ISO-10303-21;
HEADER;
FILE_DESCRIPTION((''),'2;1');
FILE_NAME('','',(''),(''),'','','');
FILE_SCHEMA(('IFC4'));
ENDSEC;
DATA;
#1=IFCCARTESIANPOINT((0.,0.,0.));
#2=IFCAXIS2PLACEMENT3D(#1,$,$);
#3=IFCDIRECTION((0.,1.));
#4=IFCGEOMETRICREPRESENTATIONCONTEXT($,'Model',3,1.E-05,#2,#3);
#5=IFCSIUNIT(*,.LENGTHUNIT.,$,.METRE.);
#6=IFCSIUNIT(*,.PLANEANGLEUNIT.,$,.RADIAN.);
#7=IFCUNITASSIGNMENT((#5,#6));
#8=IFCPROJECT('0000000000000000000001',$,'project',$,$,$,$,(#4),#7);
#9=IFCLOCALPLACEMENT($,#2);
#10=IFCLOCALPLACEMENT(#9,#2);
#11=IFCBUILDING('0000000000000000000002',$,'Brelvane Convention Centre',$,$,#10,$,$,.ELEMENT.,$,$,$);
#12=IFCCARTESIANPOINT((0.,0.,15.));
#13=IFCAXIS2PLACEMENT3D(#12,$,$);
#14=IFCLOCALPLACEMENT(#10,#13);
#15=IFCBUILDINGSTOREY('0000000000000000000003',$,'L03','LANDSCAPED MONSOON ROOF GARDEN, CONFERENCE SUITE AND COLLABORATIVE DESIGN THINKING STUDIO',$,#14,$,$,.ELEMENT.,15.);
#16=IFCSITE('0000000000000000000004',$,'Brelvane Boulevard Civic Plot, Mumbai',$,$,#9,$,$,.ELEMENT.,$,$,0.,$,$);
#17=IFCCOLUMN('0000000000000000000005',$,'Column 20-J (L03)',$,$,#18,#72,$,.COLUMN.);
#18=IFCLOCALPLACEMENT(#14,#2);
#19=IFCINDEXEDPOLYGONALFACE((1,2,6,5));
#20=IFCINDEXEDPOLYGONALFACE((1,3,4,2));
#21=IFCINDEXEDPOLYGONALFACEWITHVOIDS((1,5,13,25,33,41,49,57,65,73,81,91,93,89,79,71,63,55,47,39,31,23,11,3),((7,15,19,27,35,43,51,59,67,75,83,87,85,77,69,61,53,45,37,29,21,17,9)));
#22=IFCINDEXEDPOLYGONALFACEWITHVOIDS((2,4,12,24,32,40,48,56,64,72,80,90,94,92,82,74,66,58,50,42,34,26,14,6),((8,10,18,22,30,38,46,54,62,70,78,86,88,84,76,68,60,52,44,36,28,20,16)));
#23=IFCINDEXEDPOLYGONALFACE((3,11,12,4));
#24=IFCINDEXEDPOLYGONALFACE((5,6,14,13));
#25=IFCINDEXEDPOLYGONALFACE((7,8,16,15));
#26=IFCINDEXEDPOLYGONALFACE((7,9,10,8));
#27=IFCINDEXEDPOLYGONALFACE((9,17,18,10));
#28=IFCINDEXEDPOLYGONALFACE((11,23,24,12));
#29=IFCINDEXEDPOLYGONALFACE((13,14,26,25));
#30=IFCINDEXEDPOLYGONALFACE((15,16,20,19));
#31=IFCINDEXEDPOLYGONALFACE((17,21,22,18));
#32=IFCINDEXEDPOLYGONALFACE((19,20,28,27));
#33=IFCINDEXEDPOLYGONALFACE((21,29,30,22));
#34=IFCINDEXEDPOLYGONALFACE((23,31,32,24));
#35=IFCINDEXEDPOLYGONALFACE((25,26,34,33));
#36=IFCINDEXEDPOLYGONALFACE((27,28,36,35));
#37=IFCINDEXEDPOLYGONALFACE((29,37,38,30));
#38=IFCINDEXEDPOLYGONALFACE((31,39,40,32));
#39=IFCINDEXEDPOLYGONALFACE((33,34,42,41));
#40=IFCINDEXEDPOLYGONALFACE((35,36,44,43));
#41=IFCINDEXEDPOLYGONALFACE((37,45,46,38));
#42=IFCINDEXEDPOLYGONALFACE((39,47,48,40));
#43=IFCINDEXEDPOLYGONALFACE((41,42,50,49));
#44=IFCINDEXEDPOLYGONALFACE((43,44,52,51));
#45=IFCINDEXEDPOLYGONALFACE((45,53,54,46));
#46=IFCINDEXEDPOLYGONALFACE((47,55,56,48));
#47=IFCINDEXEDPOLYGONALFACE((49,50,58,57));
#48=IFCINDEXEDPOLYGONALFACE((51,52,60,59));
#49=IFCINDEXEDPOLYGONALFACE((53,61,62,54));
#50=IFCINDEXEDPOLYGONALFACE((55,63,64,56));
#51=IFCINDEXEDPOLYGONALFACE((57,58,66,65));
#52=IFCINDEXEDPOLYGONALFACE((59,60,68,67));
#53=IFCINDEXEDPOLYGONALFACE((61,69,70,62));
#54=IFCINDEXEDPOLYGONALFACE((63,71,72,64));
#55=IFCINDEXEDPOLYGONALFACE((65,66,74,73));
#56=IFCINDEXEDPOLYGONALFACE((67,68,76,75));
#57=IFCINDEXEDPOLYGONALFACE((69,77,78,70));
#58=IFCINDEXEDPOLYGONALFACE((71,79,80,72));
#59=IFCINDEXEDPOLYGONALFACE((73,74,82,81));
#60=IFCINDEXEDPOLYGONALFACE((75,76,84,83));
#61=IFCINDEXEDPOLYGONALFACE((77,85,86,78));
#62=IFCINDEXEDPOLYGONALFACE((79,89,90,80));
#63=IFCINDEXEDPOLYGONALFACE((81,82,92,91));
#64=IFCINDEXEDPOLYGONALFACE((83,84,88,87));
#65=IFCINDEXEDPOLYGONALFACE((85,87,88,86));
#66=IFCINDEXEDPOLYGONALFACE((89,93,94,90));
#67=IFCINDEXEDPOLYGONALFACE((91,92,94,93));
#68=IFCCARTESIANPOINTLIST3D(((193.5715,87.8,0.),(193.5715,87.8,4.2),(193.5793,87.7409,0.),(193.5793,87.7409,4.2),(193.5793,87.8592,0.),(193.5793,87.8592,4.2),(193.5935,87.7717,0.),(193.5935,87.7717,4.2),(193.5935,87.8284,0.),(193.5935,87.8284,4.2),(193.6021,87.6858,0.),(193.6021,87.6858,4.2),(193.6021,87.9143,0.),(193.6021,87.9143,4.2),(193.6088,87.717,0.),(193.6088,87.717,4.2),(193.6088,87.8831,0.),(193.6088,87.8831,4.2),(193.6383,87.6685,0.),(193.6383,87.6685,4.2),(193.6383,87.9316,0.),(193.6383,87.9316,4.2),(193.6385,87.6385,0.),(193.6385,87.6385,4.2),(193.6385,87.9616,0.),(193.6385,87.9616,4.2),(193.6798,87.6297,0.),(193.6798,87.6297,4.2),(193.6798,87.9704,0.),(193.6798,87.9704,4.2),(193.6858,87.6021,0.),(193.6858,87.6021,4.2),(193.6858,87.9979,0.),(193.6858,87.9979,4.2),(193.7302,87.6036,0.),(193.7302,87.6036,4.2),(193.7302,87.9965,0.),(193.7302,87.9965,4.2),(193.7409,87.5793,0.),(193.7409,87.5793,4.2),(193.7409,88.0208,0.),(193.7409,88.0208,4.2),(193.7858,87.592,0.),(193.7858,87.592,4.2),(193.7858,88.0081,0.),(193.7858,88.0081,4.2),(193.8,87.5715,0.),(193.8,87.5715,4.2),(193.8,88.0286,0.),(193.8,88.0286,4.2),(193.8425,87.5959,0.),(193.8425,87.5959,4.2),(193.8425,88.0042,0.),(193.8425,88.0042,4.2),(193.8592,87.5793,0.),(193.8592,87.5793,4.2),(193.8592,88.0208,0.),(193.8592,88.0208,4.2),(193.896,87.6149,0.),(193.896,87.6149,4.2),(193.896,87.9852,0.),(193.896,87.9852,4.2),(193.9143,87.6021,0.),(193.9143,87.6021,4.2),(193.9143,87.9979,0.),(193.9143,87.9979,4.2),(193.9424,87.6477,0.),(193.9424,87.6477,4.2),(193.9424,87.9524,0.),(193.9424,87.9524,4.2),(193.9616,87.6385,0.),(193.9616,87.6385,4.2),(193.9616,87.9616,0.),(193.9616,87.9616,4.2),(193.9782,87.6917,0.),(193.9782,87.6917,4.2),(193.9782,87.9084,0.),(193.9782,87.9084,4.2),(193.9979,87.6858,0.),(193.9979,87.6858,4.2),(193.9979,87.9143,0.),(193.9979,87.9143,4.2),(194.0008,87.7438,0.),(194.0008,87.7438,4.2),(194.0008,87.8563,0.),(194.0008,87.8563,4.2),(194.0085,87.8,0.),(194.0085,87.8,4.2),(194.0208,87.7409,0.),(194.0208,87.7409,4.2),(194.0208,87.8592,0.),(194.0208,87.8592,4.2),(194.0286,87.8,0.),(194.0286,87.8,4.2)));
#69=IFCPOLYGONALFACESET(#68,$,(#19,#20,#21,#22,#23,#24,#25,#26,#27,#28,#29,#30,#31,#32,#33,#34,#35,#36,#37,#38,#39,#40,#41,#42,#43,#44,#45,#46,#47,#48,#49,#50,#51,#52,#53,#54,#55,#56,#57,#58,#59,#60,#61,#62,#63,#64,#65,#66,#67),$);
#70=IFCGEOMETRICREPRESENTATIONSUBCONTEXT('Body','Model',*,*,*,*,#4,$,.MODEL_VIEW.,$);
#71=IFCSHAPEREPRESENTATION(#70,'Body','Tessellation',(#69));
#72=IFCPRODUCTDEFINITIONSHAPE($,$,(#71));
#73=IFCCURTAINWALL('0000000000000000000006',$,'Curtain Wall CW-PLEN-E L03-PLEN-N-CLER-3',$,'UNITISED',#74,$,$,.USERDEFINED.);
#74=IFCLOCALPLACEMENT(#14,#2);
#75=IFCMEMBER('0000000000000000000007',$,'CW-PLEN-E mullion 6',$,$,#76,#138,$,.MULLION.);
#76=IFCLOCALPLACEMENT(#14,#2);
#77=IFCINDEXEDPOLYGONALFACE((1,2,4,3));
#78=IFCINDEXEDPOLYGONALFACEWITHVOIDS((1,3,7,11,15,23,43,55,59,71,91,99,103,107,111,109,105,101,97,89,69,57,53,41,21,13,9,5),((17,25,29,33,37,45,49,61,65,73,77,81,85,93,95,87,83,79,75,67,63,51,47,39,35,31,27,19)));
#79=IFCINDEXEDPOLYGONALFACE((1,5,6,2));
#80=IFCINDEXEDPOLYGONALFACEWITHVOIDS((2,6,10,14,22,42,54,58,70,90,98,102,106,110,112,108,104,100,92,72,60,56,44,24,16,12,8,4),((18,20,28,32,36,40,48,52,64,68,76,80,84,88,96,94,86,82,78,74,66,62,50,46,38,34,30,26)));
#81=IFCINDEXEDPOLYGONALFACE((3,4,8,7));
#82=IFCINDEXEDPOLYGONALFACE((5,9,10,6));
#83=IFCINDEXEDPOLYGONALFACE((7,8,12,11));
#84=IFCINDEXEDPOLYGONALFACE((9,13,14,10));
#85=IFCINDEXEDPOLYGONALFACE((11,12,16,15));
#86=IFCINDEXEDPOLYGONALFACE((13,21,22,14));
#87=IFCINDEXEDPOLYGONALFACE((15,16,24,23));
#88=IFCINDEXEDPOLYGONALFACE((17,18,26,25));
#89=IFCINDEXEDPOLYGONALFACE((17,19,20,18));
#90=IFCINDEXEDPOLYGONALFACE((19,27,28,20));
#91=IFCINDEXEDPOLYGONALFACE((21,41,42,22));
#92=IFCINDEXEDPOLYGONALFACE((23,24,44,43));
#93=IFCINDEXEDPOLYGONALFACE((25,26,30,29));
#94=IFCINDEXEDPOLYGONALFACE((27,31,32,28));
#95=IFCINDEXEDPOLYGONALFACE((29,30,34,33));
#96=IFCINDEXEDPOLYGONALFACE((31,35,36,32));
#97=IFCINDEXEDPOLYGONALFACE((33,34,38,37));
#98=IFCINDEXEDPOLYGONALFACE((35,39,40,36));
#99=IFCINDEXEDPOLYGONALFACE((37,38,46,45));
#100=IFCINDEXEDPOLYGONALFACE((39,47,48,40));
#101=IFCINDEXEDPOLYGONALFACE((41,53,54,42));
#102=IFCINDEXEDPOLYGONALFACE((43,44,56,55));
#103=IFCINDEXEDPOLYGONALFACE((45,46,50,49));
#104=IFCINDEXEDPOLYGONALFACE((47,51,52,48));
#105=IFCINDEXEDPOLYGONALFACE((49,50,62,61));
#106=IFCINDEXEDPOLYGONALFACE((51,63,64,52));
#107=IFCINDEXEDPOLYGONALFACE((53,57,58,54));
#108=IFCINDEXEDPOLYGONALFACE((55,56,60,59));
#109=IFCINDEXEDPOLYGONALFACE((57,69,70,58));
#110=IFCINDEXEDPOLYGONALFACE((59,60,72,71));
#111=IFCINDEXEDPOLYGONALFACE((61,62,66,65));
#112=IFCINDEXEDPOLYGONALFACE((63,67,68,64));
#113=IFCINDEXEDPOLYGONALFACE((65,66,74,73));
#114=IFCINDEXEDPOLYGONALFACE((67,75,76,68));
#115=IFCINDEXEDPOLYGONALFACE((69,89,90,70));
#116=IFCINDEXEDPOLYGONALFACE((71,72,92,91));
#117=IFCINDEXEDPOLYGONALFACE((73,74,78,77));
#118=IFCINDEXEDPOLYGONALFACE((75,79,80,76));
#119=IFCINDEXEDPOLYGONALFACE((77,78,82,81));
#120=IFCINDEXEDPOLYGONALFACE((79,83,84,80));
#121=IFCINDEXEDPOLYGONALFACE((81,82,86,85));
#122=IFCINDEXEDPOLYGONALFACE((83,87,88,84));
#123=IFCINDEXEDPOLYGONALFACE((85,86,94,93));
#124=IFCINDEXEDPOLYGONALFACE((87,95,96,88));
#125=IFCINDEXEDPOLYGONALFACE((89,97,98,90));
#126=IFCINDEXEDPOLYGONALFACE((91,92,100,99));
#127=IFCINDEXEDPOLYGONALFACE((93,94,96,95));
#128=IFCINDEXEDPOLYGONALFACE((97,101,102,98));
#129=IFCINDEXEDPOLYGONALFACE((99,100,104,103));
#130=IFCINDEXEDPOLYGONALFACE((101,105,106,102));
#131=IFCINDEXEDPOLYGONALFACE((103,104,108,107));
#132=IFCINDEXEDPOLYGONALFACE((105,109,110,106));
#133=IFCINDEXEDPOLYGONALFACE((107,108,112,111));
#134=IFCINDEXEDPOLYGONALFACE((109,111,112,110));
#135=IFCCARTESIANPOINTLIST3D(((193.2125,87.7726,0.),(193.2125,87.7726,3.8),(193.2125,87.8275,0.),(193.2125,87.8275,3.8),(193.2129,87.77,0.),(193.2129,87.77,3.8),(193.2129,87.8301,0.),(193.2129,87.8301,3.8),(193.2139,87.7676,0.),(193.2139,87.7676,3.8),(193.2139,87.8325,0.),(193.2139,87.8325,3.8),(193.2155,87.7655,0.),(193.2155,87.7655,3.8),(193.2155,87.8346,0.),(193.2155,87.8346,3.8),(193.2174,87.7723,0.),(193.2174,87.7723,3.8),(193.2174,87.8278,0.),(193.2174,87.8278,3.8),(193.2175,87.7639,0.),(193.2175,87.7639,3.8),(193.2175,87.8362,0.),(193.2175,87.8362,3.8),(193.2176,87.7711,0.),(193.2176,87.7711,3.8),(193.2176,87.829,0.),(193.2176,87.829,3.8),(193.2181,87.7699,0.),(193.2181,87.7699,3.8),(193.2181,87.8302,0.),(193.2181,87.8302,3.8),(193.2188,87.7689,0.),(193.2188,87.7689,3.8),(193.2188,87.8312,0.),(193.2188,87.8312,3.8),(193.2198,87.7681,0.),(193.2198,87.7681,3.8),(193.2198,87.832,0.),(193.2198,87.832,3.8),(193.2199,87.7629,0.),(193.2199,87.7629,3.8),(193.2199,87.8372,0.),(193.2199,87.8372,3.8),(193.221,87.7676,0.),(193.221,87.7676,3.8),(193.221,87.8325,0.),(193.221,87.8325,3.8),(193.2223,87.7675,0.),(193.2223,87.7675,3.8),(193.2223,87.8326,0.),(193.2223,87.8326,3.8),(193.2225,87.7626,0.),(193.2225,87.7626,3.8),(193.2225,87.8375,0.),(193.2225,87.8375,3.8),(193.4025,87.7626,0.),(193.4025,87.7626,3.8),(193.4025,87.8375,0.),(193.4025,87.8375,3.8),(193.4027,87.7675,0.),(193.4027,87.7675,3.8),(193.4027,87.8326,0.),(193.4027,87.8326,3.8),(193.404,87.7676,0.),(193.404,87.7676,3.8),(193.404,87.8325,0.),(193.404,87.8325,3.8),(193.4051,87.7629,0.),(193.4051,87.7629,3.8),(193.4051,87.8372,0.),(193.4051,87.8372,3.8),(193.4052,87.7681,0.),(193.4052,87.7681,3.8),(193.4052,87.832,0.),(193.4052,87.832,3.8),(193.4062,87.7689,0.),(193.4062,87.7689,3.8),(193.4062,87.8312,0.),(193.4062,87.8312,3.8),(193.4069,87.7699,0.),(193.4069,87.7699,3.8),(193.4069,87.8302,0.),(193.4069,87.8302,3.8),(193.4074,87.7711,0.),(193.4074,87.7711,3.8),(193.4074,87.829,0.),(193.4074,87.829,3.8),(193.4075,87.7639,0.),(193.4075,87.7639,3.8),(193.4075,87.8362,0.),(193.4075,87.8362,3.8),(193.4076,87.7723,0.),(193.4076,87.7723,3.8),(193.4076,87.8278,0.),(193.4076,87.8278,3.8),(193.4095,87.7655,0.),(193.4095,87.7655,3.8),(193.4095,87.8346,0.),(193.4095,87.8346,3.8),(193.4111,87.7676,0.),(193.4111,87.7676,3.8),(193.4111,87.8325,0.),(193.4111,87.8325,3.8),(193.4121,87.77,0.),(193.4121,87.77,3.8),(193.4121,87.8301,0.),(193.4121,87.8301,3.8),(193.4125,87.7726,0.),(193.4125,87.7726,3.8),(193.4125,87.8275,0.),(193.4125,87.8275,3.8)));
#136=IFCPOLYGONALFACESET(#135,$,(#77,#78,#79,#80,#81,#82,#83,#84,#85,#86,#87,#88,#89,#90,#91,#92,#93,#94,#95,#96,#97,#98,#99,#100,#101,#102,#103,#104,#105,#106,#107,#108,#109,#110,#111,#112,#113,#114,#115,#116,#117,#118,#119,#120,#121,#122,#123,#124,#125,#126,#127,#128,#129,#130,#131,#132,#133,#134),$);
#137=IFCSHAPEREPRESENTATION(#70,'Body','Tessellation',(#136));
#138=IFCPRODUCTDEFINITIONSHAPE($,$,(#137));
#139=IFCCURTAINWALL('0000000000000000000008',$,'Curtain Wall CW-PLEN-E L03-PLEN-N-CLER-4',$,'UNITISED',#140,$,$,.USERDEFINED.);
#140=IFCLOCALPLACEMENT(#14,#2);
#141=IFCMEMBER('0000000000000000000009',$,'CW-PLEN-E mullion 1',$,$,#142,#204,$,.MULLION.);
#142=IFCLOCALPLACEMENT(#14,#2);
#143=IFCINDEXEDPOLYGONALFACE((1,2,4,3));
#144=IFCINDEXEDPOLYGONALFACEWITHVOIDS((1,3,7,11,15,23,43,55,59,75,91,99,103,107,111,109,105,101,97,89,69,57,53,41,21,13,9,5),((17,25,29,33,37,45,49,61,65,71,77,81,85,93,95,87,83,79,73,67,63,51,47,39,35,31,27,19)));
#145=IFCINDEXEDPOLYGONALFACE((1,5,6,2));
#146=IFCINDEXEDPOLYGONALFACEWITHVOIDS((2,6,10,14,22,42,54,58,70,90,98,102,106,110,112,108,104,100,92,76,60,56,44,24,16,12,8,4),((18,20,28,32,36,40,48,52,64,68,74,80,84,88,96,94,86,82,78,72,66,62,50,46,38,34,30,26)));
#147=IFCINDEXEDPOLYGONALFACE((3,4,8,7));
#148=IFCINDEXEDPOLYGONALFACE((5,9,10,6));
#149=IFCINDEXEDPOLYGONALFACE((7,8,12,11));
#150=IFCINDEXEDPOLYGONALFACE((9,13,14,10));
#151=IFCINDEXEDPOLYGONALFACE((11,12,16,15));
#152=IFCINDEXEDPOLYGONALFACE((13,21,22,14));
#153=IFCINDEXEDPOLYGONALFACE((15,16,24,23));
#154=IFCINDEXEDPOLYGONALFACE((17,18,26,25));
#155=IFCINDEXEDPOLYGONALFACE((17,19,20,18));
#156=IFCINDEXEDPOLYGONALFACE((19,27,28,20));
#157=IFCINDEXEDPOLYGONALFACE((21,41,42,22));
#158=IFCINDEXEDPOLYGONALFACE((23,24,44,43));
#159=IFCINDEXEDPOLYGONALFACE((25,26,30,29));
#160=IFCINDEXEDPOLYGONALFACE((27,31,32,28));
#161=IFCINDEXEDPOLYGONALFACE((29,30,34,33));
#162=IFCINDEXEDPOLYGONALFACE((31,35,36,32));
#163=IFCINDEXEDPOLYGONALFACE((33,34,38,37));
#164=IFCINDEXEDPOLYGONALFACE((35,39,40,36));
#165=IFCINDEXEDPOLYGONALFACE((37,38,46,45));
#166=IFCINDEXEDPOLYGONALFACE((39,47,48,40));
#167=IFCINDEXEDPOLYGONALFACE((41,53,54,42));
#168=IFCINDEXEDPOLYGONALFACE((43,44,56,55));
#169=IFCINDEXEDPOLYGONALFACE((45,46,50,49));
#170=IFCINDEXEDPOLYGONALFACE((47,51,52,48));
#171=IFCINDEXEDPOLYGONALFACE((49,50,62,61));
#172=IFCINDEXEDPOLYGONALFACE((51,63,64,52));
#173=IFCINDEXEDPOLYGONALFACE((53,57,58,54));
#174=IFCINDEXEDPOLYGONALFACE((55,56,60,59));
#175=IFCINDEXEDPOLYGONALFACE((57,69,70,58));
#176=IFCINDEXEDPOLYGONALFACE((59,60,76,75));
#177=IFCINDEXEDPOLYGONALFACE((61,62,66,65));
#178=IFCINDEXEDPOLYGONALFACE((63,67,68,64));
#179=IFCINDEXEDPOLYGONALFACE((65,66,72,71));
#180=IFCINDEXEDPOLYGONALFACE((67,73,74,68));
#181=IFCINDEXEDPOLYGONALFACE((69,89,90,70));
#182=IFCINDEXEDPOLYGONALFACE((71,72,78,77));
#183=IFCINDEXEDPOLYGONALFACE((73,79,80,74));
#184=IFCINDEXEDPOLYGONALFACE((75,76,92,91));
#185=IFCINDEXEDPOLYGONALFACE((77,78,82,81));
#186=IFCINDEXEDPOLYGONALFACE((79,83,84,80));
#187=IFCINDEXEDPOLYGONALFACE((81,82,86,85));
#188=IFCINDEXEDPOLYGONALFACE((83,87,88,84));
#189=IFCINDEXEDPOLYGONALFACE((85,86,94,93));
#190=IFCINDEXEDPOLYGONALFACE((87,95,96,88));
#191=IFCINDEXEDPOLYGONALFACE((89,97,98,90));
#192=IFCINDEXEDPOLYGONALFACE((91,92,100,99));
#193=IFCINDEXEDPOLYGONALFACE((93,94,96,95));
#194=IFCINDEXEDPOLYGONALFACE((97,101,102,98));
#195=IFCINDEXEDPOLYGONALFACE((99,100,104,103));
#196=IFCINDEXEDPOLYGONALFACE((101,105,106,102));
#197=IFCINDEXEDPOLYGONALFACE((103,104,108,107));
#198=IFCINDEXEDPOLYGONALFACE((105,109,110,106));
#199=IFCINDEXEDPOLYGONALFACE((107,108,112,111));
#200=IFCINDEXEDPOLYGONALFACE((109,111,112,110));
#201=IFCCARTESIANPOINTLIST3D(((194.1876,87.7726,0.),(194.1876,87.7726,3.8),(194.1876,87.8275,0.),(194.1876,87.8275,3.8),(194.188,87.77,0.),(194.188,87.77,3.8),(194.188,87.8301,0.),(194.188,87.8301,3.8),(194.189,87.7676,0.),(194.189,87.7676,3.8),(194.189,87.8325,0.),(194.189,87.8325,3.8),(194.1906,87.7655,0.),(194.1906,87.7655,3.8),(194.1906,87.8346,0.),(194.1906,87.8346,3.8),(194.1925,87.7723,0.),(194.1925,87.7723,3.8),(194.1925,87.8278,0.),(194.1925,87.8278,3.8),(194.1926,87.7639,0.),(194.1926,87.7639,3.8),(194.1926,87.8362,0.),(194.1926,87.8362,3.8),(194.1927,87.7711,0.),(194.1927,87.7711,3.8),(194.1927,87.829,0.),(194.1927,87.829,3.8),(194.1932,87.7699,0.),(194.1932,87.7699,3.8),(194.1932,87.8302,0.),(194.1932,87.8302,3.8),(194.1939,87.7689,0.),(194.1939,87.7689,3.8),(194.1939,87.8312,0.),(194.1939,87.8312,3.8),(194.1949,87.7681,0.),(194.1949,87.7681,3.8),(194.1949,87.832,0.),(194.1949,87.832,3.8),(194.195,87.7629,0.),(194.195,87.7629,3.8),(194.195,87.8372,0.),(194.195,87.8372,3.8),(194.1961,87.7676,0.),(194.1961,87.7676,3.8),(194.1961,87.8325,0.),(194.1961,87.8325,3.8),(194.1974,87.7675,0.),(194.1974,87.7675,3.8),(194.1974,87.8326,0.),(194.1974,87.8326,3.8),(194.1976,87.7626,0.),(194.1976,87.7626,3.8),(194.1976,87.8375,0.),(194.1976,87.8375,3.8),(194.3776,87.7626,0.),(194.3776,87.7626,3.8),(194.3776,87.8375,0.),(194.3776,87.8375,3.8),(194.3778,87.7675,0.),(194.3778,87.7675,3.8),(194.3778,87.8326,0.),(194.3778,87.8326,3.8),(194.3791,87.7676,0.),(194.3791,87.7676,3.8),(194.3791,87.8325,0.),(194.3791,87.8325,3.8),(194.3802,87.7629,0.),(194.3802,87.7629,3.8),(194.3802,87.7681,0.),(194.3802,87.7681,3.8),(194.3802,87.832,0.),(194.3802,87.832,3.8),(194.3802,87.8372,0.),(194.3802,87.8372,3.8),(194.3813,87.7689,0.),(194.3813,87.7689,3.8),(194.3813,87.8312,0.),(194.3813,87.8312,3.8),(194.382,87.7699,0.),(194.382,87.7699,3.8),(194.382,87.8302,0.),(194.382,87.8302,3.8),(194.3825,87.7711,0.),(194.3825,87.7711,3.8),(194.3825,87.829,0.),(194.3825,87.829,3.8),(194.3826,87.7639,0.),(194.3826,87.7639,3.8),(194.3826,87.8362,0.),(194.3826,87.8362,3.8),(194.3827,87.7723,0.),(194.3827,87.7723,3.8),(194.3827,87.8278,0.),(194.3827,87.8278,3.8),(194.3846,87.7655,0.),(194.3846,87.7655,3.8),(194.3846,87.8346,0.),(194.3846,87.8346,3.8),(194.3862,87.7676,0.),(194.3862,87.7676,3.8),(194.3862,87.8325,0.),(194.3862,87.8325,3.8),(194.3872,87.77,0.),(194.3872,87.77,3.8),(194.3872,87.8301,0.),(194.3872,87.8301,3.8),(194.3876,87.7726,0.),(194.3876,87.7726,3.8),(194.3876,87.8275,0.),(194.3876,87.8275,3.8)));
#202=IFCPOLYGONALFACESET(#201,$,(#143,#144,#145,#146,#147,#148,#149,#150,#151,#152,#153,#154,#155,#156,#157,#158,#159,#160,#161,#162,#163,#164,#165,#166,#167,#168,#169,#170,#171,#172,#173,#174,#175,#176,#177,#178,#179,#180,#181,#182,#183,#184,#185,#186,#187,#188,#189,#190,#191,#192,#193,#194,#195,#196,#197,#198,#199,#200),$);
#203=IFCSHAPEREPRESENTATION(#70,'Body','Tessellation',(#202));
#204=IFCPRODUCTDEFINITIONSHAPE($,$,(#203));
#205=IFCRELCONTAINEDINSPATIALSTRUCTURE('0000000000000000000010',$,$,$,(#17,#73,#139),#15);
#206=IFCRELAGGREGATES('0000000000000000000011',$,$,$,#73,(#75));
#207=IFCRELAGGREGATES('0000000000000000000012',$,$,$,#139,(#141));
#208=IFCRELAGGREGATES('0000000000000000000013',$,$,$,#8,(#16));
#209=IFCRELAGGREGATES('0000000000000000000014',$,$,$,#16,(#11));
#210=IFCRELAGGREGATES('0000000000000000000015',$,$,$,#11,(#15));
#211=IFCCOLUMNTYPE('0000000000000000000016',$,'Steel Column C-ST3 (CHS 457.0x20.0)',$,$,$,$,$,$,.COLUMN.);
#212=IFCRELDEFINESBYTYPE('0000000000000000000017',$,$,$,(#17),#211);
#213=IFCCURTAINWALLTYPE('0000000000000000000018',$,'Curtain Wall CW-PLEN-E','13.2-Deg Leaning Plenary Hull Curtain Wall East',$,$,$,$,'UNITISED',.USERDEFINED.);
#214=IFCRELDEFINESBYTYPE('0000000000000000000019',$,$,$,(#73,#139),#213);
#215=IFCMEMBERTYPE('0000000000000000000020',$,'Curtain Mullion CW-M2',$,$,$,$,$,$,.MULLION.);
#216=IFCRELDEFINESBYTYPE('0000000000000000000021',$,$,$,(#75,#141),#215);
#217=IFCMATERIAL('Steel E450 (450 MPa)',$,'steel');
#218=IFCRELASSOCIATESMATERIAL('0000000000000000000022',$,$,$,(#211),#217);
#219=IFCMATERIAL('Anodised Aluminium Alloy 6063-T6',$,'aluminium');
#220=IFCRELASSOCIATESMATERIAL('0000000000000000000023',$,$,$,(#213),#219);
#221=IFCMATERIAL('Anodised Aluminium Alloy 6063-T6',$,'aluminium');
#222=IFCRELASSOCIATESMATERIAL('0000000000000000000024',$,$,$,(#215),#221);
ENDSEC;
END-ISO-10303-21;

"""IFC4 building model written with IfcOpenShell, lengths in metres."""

from ifc_helpers import new_model, si_unit, direction, frame, origin, origin_2d, place, context, subcontext, project, spatial, hollow_rectangle, hollow_circle, extrude, material, material_profile, profile_set, type_object, element, aggregate, save


model = new_model("IFC4")

# Units and contexts
model_context = context("Model", 3, precision=1e-05, world=origin(), true_north=direction((0.0, 1.0)))
body_context = subcontext(model_context, "Body", "Model", "MODEL_VIEW")
ifc_project = project(units=[si_unit("LENGTHUNIT", "METRE"), si_unit("PLANEANGLEUNIT", "RADIAN")], contexts=[model_context])

# Site, building, storey
site_placement = place(None, origin())
site = spatial("IfcSite", under=ifc_project, at=site_placement, Name="Brelvane Boulevard Civic Plot, Mumbai", CompositionType="ELEMENT", RefElevation=0.0)
building_placement = place(site_placement, origin())
building = spatial("IfcBuilding", under=site, at=building_placement, Name="Brelvane Convention Centre", CompositionType="ELEMENT")
storey_placement = place(building_placement, frame((0.0, 0.0, 15.0)))
storey = spatial("IfcBuildingStorey", under=building, at=storey_placement, Name="L03", Description="LANDSCAPED MONSOON ROOF GARDEN, CONFERENCE SUITE AND COLLABORATIVE DESIGN THINKING STUDIO", CompositionType="ELEMENT", Elevation=15.0)

# Column
ifc_material_1 = material(Name="Steel E450 (450 MPa)", Category="steel")
ifc_material_profile_1 = material_profile(ifc_material_1, hollow_circle(Radius=0.2285, WallThickness=0.02, at=origin_2d()), Name="CHS 457.0x20.0")
ifc_profile_set_1 = profile_set([ifc_material_profile_1], Name="Steel E450 (450 MPa)")
column_type = type_object("IfcColumnType", Name="Steel Column C-ST3 (CHS 457.0x20.0)", PredefinedType="COLUMN", material=ifc_profile_set_1)
column_placement = place(storey_placement, frame((193.8, 87.8, 0.0), z_axis=(0.0, 0.0, 1.0), x_axis=(1.0, 0.0, 0.0)))
element("IfcColumn", 1, at=column_placement, inside=storey, type_object=column_type, Name="Column 20-J (L03)", PredefinedType="COLUMN", context=body_context, shape_type="SweptSolid", body=[
    extrude(hollow_circle(Radius=0.2285, WallThickness=0.02, at=origin_2d()), origin(), (0.0, 0.0, 1.0), 4.2),
])

# Curtain wall, member
ifc_material_2 = material(Name="Anodised Aluminium Alloy 6063-T6", Category="aluminium")
curtain_wall_type = type_object("IfcCurtainWallType", Name="Curtain Wall CW-PLEN-E", Description="13.2-Deg Leaning Plenary Hull Curtain Wall East", ElementType="UNITISED", PredefinedType="USERDEFINED", material=ifc_material_2)
curtain_wall_1_placement = place(storey_placement, origin())
curtain_wall_1 = element("IfcCurtainWall", 2, at=curtain_wall_1_placement, inside=storey, type_object=curtain_wall_type, Name="Curtain Wall CW-PLEN-E L03-PLEN-N-CLER-3", ObjectType="UNITISED", PredefinedType="USERDEFINED")
ifc_material_3 = material(Name="Anodised Aluminium Alloy 6063-T6", Category="aluminium")
ifc_material_profile_2 = material_profile(ifc_material_3, hollow_rectangle(XDim=0.075, YDim=0.2, WallThickness=0.0049, InnerFilletRadius=0.0049, OuterFilletRadius=0.01, at=origin_2d()), Name="ALU-M 200x75x5.0")
ifc_profile_set_2 = profile_set([ifc_material_profile_2], Name="Anodised Aluminium Alloy 6063-T6")
member_type_1 = type_object("IfcMemberType", Name="Curtain Mullion CW-M2", PredefinedType="MULLION", material=ifc_profile_set_2)
member_1_placement = place(storey_placement, frame((193.3125, 87.8, 0.0), z_axis=(0.0, 0.0, 1.0), x_axis=(0.0, 1.0, 0.0)))
member_1 = element("IfcMember", 3, at=member_1_placement, type_object=member_type_1, Name="CW-PLEN-E mullion 6", PredefinedType="MULLION", context=body_context, shape_type="SweptSolid", body=[
    extrude(hollow_rectangle(XDim=0.075, YDim=0.2, WallThickness=0.0049, InnerFilletRadius=0.0049, OuterFilletRadius=0.01, at=origin_2d()), origin(), (0.0, 0.0, 1.0), 3.8),
])

# Curtain wall, member
curtain_wall_2_placement = place(storey_placement, origin())
curtain_wall_2 = element("IfcCurtainWall", 4, at=curtain_wall_2_placement, inside=storey, type_object=curtain_wall_type, Name="Curtain Wall CW-PLEN-E L03-PLEN-N-CLER-4", ObjectType="UNITISED", PredefinedType="USERDEFINED")
member_2_placement = place(storey_placement, frame((194.2876, 87.8, 0.0), z_axis=(0.0, 0.0, 1.0), x_axis=(0.0, 1.0, 0.0)))
member_2 = element("IfcMember", 5, at=member_2_placement, type_object=member_type_1, Name="CW-PLEN-E mullion 1", PredefinedType="MULLION", context=body_context, shape_type="SweptSolid", body=[
    extrude(hollow_rectangle(XDim=0.075, YDim=0.2, WallThickness=0.0049, InnerFilletRadius=0.0049, OuterFilletRadius=0.01, at=origin_2d()), origin(), (0.0, 0.0, 1.0), 3.8),
])

aggregate(curtain_wall_1, [member_1])
aggregate(curtain_wall_2, [member_2])

save(model, "model.ifc")
